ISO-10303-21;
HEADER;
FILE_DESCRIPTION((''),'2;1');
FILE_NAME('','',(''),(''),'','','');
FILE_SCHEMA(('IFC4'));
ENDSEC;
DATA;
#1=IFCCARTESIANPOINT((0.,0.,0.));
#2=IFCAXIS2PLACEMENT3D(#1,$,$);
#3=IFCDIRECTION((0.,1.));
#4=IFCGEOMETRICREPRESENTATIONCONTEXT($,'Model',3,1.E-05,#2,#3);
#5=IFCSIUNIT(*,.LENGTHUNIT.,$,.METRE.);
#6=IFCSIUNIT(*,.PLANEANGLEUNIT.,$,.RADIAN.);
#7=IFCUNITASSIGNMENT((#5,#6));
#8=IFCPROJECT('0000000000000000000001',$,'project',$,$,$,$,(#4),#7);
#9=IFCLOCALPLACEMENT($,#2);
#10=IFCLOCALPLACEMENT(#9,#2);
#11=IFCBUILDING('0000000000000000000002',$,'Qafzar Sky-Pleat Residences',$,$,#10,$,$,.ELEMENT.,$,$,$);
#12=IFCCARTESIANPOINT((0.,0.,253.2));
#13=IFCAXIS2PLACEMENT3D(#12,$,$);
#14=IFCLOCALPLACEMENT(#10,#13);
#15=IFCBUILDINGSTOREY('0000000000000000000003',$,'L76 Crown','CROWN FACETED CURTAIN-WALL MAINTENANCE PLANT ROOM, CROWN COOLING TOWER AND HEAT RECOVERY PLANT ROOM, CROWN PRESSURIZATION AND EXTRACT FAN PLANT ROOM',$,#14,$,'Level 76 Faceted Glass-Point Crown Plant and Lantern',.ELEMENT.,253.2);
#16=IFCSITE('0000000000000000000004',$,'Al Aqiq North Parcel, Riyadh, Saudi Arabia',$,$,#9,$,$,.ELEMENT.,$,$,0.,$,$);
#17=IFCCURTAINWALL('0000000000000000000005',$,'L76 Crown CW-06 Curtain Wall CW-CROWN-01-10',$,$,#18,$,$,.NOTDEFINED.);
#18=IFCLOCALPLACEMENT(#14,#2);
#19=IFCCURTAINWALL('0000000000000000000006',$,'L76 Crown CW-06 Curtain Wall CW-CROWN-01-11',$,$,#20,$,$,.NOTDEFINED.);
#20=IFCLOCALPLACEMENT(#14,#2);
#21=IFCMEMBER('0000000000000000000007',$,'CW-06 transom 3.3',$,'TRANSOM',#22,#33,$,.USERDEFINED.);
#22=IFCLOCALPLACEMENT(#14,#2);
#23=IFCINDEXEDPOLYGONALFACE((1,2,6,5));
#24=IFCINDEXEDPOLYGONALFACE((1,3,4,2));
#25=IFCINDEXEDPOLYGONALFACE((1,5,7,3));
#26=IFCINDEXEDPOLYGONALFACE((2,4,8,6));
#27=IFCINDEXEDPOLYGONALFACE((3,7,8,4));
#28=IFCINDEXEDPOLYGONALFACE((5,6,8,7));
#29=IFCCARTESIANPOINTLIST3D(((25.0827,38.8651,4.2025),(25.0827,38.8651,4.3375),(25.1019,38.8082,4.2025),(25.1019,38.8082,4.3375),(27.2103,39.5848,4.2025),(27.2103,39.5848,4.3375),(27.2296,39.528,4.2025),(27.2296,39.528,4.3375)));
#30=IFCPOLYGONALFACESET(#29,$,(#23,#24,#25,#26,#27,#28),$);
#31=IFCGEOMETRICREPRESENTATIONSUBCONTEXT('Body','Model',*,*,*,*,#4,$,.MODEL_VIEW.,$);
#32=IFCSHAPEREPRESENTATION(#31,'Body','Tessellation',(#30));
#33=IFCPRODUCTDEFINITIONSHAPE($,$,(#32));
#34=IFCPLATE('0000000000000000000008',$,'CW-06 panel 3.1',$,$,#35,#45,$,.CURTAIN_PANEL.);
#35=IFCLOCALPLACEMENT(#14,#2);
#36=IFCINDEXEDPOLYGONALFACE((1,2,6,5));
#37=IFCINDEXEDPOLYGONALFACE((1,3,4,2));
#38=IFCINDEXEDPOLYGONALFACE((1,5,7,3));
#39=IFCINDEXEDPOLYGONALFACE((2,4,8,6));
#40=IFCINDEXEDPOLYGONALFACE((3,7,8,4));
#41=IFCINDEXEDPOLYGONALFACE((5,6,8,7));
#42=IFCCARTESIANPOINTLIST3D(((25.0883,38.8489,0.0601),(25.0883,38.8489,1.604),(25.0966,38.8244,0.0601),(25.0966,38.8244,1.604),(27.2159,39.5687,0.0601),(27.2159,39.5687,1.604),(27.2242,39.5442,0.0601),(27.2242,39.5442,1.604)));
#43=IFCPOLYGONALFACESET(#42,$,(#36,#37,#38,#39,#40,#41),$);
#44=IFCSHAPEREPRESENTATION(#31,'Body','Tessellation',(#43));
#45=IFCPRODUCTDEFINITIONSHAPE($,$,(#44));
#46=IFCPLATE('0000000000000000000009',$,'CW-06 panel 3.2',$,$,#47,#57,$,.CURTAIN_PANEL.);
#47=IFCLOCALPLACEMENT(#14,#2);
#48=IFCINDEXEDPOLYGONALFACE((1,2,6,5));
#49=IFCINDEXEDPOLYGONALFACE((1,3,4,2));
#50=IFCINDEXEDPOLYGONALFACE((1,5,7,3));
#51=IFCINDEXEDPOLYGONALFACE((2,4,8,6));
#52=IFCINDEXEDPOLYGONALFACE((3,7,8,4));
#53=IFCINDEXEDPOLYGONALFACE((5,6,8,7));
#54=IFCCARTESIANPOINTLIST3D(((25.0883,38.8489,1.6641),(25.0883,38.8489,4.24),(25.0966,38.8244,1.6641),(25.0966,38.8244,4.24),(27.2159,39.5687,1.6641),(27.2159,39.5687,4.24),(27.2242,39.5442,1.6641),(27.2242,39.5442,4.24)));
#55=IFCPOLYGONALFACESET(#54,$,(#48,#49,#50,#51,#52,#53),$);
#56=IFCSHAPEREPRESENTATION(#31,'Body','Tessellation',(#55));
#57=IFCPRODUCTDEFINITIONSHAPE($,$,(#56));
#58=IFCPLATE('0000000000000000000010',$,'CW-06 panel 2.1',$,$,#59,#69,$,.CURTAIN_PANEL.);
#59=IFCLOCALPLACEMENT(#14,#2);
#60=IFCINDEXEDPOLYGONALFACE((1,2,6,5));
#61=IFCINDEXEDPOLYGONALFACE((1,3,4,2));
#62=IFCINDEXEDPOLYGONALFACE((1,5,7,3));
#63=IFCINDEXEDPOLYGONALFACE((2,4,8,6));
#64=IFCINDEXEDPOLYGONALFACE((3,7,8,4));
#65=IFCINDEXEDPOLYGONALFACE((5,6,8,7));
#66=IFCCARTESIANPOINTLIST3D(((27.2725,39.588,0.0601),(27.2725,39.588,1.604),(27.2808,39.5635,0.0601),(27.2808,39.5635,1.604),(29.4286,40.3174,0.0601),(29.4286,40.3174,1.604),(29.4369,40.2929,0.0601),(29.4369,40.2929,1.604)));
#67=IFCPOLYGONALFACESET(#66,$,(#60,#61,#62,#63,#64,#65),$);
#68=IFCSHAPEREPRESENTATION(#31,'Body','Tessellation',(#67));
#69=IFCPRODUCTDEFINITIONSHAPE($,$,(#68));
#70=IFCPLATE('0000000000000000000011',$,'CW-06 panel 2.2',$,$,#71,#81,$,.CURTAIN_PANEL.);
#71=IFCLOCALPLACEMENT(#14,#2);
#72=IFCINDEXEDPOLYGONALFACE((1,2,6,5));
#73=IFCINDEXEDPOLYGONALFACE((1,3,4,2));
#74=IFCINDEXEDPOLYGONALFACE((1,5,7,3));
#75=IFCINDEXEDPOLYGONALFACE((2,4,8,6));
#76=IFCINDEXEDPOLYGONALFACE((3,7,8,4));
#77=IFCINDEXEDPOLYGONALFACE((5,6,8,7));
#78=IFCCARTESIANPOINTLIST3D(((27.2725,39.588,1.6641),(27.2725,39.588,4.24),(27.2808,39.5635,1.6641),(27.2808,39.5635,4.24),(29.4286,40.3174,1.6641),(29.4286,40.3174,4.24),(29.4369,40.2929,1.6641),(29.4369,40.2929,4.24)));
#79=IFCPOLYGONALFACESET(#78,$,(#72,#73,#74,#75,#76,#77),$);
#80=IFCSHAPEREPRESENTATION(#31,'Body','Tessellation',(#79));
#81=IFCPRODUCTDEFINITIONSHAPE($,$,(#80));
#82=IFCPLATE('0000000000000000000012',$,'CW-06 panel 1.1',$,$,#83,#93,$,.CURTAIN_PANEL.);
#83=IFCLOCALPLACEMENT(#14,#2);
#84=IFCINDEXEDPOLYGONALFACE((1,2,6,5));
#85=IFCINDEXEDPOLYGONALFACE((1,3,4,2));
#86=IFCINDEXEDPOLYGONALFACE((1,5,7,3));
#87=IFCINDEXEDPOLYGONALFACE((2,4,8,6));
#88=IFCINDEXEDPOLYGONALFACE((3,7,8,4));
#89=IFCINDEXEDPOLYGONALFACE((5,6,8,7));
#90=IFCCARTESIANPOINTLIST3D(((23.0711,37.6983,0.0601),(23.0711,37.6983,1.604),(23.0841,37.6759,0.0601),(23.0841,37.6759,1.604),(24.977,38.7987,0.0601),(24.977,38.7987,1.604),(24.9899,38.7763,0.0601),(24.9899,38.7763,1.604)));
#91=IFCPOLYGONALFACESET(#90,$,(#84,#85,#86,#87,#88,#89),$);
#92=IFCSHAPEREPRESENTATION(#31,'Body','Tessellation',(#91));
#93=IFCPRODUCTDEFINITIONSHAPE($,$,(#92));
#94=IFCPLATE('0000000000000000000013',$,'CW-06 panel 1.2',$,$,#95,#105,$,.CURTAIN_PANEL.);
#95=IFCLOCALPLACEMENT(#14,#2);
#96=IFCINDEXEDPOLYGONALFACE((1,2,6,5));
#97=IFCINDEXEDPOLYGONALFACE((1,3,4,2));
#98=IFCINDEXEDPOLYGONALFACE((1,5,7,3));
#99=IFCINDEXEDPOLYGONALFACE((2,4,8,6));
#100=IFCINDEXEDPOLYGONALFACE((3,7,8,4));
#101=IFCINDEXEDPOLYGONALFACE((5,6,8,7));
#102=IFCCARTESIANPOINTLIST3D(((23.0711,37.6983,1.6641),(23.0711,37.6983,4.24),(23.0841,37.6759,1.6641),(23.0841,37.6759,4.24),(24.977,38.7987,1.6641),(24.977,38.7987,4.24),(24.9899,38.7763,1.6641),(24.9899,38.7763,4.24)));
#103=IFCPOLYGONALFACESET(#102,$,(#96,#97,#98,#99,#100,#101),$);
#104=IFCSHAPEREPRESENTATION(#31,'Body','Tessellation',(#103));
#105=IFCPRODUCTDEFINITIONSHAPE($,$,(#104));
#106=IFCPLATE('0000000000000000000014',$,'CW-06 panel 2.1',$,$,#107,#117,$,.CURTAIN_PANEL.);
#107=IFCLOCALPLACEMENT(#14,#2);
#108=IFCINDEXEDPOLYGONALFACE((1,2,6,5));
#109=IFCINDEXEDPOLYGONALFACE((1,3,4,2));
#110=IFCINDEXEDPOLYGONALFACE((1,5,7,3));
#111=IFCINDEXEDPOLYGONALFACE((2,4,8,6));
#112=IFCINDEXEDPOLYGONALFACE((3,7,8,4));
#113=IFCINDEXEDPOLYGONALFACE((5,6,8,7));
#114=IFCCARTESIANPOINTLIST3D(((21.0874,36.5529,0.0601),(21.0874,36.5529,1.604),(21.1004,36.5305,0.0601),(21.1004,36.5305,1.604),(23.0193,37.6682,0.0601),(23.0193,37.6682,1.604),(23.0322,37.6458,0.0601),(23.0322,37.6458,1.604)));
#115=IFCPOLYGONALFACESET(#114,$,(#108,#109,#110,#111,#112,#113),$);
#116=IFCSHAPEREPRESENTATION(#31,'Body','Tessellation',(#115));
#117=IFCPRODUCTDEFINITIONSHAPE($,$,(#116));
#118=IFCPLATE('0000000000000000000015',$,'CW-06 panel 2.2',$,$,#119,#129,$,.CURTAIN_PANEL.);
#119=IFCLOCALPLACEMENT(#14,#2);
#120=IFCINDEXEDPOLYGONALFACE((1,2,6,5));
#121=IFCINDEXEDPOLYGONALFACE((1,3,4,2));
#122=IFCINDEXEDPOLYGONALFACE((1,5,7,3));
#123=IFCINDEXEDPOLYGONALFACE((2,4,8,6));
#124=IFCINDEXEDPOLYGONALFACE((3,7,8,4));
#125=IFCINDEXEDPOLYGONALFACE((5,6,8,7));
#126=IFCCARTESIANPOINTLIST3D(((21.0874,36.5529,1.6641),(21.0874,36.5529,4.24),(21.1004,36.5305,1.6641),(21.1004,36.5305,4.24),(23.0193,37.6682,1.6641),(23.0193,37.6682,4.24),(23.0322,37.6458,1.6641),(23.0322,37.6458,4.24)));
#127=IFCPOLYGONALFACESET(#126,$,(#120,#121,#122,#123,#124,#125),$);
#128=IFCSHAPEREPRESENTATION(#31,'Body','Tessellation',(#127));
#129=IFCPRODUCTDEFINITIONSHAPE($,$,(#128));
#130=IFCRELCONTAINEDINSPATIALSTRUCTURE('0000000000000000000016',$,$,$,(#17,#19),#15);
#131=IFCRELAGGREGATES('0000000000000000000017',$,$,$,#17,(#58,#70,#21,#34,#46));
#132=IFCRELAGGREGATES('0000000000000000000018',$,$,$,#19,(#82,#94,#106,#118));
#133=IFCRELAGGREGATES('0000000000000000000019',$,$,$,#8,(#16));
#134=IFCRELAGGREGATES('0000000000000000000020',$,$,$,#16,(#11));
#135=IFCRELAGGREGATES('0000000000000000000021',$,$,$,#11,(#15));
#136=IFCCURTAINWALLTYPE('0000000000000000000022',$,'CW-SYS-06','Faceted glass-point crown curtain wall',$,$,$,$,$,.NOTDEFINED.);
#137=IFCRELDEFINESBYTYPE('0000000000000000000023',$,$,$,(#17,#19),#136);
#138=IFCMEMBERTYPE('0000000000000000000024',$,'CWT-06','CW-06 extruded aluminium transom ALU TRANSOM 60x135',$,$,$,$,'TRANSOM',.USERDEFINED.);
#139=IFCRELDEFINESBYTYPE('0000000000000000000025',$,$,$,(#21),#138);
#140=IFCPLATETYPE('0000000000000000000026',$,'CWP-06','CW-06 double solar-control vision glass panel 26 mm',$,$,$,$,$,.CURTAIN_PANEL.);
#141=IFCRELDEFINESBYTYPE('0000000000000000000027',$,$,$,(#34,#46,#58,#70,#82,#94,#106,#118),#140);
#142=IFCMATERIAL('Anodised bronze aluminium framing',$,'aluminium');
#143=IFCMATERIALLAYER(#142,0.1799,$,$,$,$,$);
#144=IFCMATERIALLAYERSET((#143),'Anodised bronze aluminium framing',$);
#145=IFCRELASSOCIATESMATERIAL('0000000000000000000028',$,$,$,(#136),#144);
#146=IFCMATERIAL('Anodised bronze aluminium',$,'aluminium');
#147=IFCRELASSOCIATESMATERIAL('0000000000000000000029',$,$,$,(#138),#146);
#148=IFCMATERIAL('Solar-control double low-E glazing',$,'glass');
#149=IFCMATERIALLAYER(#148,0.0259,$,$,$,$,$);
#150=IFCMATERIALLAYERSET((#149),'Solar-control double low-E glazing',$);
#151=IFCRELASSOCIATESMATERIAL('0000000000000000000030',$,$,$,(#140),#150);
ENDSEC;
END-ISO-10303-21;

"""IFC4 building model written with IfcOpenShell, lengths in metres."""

from ifc_helpers import new_model, si_unit, direction, frame, origin, origin_2d, place, context, subcontext, project, spatial, rectangle, extrude, source, transform, mapped, material, layer, layer_set, material_profile, profile_set, type_object, element, aggregate, save


model = new_model("IFC4")

# Units and contexts
model_context = context("Model", 3, precision=1e-05, world=origin(), true_north=direction((0.0, 1.0)))
body_context = subcontext(model_context, "Body", "Model", "MODEL_VIEW")
ifc_project = project(units=[si_unit("LENGTHUNIT", "METRE"), si_unit("PLANEANGLEUNIT", "RADIAN")], contexts=[model_context])

# Site, building, storey
site_placement = place(None, origin())
site = spatial("IfcSite", under=ifc_project, at=site_placement, Name="Al Aqiq North Parcel, Riyadh, Saudi Arabia", CompositionType="ELEMENT", RefElevation=0.0)
building_placement = place(site_placement, origin())
building = spatial("IfcBuilding", under=site, at=building_placement, Name="Qafzar Sky-Pleat Residences", CompositionType="ELEMENT")
storey_placement = place(building_placement, frame((0.0, 0.0, 253.2)))
storey = spatial("IfcBuildingStorey", under=building, at=storey_placement, Name="L76 Crown", Description="CROWN FACETED CURTAIN-WALL MAINTENANCE PLANT ROOM, CROWN COOLING TOWER AND HEAT RECOVERY PLANT ROOM, CROWN PRESSURIZATION AND EXTRACT FAN PLANT ROOM", LongName="Level 76 Faceted Glass-Point Crown Plant and Lantern", CompositionType="ELEMENT", Elevation=253.2)

# Curtain walls
ifc_material_1 = material(Name="Anodised bronze aluminium framing", Category="aluminium")
ifc_layer_1 = layer(ifc_material_1, 0.1799)
ifc_layer_set_1 = layer_set([ifc_layer_1], Name="Anodised bronze aluminium framing")
curtain_wall_type = type_object("IfcCurtainWallType", Name="CW-SYS-06", Description="Faceted glass-point crown curtain wall", PredefinedType="NOTDEFINED", material=ifc_layer_set_1)
curtain_wall_1_placement = place(storey_placement, origin())
curtain_wall_1 = element("IfcCurtainWall", 1, at=curtain_wall_1_placement, inside=storey, type_object=curtain_wall_type, Name="L76 Crown CW-06 Curtain Wall CW-CROWN-01-10", PredefinedType="NOTDEFINED")
ifc_material_2 = material(Name="Anodised bronze aluminium", Category="aluminium")
curtain_wall_2_placement = place(storey_placement, origin())
curtain_wall_2 = element("IfcCurtainWall", 2, at=curtain_wall_2_placement, inside=storey, type_object=curtain_wall_type, Name="L76 Crown CW-06 Curtain Wall CW-CROWN-01-11", PredefinedType="NOTDEFINED")

# Member
ifc_material_profile_1 = material_profile(ifc_material_2, rectangle(XDim=0.0601, YDim=0.135, at=origin_2d()), Name="ALU TRANSOM 60x135")
ifc_profile_set_1 = profile_set([ifc_material_profile_1], Name="Anodised bronze aluminium")
member_type_1 = type_object("IfcMemberType", Name="CWT-06", Description="CW-06 extruded aluminium transom ALU TRANSOM 60x135", ElementType="TRANSOM", PredefinedType="USERDEFINED", material=ifc_profile_set_1)
shared_shape_1 = source(origin(), body_context, "Body", "SweptSolid", [
    extrude(rectangle(XDim=0.0601, YDim=0.135, at=origin_2d()), origin(), (0.0, 0.0, 1.0), 2.2461),
])
member_1_placement = place(storey_placement, frame((27.22, 39.5564, 4.27), z_axis=(-0.947272, -0.320431, 0.0), x_axis=(0.320431, -0.947272, 0.0)))
member_1 = element("IfcMember", 3, at=member_1_placement, type_object=member_type_1, Name="CW-06 transom 3.3", ObjectType="TRANSOM", PredefinedType="USERDEFINED", context=body_context, shape_type="MappedRepresentation", body=[
    mapped(shared_shape_1, transform((0.0, 0.0, 0.0), x_axis=(1.0, 0.0, 0.0), y_axis=(0.0, 1.0, 0.0), z_axis=(0.0, 0.0, 1.0), scale=1.0)),
])

# Plates
ifc_material_3 = material(Name="Solar-control double low-E glazing", Category="glass")
ifc_layer_2 = layer(ifc_material_3, 0.0259)
ifc_layer_set_2 = layer_set([ifc_layer_2], Name="Solar-control double low-E glazing")
plate_type = type_object("IfcPlateType", Name="CWP-06", Description="CW-06 double solar-control vision glass panel 26 mm", PredefinedType="CURTAIN_PANEL", material=ifc_layer_set_2)
shared_shape_2 = source(origin(), body_context, "Body", "SweptSolid", [
    extrude(rectangle(XDim=2.2461, YDim=0.0259, at=origin_2d()), origin(), (0.0, 0.0, 1.0), 1.5439),
])
plate_1_placement = place(storey_placement, frame((26.1562, 39.1965, 0.0601), z_axis=(0.0, 0.0, 1.0), x_axis=(-0.947264, -0.320454, 0.0)))
plate_1 = element("IfcPlate", 4, at=plate_1_placement, type_object=plate_type, Name="CW-06 panel 3.1", PredefinedType="CURTAIN_PANEL", context=body_context, shape_type="MappedRepresentation", body=[
    mapped(shared_shape_2, transform((0.0, 0.0, 0.0), x_axis=(1.0, 0.0, 0.0), y_axis=(0.0, 1.0, 0.0), z_axis=(0.0, 0.0, 1.0), scale=1.0)),
])
shared_shape_3 = source(origin(), body_context, "Body", "SweptSolid", [
    extrude(rectangle(XDim=2.2461, YDim=0.0259, at=origin_2d()), origin(), (0.0, 0.0, 1.0), 2.5759),
])
plate_2_placement = place(storey_placement, frame((26.1562, 39.1965, 1.6641), z_axis=(0.0, 0.0, 1.0), x_axis=(-0.947264, -0.320454, 0.0)))
plate_2 = element("IfcPlate", 5, at=plate_2_placement, type_object=plate_type, Name="CW-06 panel 3.2", PredefinedType="CURTAIN_PANEL", context=body_context, shape_type="MappedRepresentation", body=[
    mapped(shared_shape_3, transform((0.0, 0.0, 0.0), x_axis=(1.0, 0.0, 0.0), y_axis=(0.0, 1.0, 0.0), z_axis=(0.0, 0.0, 1.0), scale=1.0)),
])
shared_shape_4 = source(origin(), body_context, "Body", "SweptSolid", [
    extrude(rectangle(XDim=2.2761, YDim=0.0259, at=origin_2d()), origin(), (0.0, 0.0, 1.0), 1.5439),
])
plate_3_placement = place(storey_placement, frame((28.3547, 39.9404, 0.0601), z_axis=(0.0, 0.0, 1.0), x_axis=(-0.947264, -0.320454, 0.0)))
plate_3 = element("IfcPlate", 6, at=plate_3_placement, type_object=plate_type, Name="CW-06 panel 2.1", PredefinedType="CURTAIN_PANEL", context=body_context, shape_type="MappedRepresentation", body=[
    mapped(shared_shape_4, transform((0.0, 0.0, 0.0), x_axis=(1.0, 0.0, 0.0), y_axis=(0.0, 1.0, 0.0), z_axis=(0.0, 0.0, 1.0), scale=1.0)),
])
shared_shape_5 = source(origin(), body_context, "Body", "SweptSolid", [
    extrude(rectangle(XDim=2.2761, YDim=0.0259, at=origin_2d()), origin(), (0.0, 0.0, 1.0), 2.5759),
])
plate_4_placement = place(storey_placement, frame((28.3547, 39.9404, 1.6641), z_axis=(0.0, 0.0, 1.0), x_axis=(-0.947264, -0.320454, 0.0)))
plate_4 = element("IfcPlate", 7, at=plate_4_placement, type_object=plate_type, Name="CW-06 panel 2.2", PredefinedType="CURTAIN_PANEL", context=body_context, shape_type="MappedRepresentation", body=[
    mapped(shared_shape_5, transform((0.0, 0.0, 0.0), x_axis=(1.0, 0.0, 0.0), y_axis=(0.0, 1.0, 0.0), z_axis=(0.0, 0.0, 1.0), scale=1.0)),
])
aggregate(curtain_wall_1, [plate_3, plate_4, member_1, plate_1, plate_2])
shared_shape_6 = source(origin(), body_context, "Body", "SweptSolid", [
    extrude(rectangle(XDim=2.2007, YDim=0.0259, at=origin_2d()), origin(), (0.0, 0.0, 1.0), 1.5439),
])
plate_5_placement = place(storey_placement, frame((24.0305, 38.2373, 0.0601), z_axis=(0.0, 0.0, 1.0), x_axis=(-0.866025, -0.5, 0.0)))
plate_5 = element("IfcPlate", 8, at=plate_5_placement, type_object=plate_type, Name="CW-06 panel 1.1", PredefinedType="CURTAIN_PANEL", context=body_context, shape_type="MappedRepresentation", body=[
    mapped(shared_shape_6, transform((0.0, 0.0, 0.0), x_axis=(1.0, 0.0, 0.0), y_axis=(0.0, 1.0, 0.0), z_axis=(0.0, 0.0, 1.0), scale=1.0)),
])
shared_shape_7 = source(origin(), body_context, "Body", "SweptSolid", [
    extrude(rectangle(XDim=2.2007, YDim=0.0259, at=origin_2d()), origin(), (0.0, 0.0, 1.0), 2.5759),
])
plate_6_placement = place(storey_placement, frame((24.0305, 38.2373, 1.6641), z_axis=(0.0, 0.0, 1.0), x_axis=(-0.866025, -0.5, 0.0)))
plate_6 = element("IfcPlate", 9, at=plate_6_placement, type_object=plate_type, Name="CW-06 panel 1.2", PredefinedType="CURTAIN_PANEL", context=body_context, shape_type="MappedRepresentation", body=[
    mapped(shared_shape_7, transform((0.0, 0.0, 0.0), x_axis=(1.0, 0.0, 0.0), y_axis=(0.0, 1.0, 0.0), z_axis=(0.0, 0.0, 1.0), scale=1.0)),
])
shared_shape_8 = source(origin(), body_context, "Body", "SweptSolid", [
    extrude(rectangle(XDim=2.2307, YDim=0.0259, at=origin_2d()), origin(), (0.0, 0.0, 1.0), 1.5439),
])
plate_7_placement = place(storey_placement, frame((22.0598, 37.0994, 0.0601), z_axis=(0.0, 0.0, 1.0), x_axis=(-0.866025, -0.5, 0.0)))
plate_7 = element("IfcPlate", 10, at=plate_7_placement, type_object=plate_type, Name="CW-06 panel 2.1", PredefinedType="CURTAIN_PANEL", context=body_context, shape_type="MappedRepresentation", body=[
    mapped(shared_shape_8, transform((0.0, 0.0, 0.0), x_axis=(1.0, 0.0, 0.0), y_axis=(0.0, 1.0, 0.0), z_axis=(0.0, 0.0, 1.0), scale=1.0)),
])
shared_shape_9 = source(origin(), body_context, "Body", "SweptSolid", [
    extrude(rectangle(XDim=2.2307, YDim=0.0259, at=origin_2d()), origin(), (0.0, 0.0, 1.0), 2.5759),
])
plate_8_placement = place(storey_placement, frame((22.0598, 37.0994, 1.6641), z_axis=(0.0, 0.0, 1.0), x_axis=(-0.866025, -0.5, 0.0)))
plate_8 = element("IfcPlate", 11, at=plate_8_placement, type_object=plate_type, Name="CW-06 panel 2.2", PredefinedType="CURTAIN_PANEL", context=body_context, shape_type="MappedRepresentation", body=[
    mapped(shared_shape_9, transform((0.0, 0.0, 0.0), x_axis=(1.0, 0.0, 0.0), y_axis=(0.0, 1.0, 0.0), z_axis=(0.0, 0.0, 1.0), scale=1.0)),
])
aggregate(curtain_wall_2, [plate_5, plate_6, plate_7, plate_8])

save(model, "model.ifc")
